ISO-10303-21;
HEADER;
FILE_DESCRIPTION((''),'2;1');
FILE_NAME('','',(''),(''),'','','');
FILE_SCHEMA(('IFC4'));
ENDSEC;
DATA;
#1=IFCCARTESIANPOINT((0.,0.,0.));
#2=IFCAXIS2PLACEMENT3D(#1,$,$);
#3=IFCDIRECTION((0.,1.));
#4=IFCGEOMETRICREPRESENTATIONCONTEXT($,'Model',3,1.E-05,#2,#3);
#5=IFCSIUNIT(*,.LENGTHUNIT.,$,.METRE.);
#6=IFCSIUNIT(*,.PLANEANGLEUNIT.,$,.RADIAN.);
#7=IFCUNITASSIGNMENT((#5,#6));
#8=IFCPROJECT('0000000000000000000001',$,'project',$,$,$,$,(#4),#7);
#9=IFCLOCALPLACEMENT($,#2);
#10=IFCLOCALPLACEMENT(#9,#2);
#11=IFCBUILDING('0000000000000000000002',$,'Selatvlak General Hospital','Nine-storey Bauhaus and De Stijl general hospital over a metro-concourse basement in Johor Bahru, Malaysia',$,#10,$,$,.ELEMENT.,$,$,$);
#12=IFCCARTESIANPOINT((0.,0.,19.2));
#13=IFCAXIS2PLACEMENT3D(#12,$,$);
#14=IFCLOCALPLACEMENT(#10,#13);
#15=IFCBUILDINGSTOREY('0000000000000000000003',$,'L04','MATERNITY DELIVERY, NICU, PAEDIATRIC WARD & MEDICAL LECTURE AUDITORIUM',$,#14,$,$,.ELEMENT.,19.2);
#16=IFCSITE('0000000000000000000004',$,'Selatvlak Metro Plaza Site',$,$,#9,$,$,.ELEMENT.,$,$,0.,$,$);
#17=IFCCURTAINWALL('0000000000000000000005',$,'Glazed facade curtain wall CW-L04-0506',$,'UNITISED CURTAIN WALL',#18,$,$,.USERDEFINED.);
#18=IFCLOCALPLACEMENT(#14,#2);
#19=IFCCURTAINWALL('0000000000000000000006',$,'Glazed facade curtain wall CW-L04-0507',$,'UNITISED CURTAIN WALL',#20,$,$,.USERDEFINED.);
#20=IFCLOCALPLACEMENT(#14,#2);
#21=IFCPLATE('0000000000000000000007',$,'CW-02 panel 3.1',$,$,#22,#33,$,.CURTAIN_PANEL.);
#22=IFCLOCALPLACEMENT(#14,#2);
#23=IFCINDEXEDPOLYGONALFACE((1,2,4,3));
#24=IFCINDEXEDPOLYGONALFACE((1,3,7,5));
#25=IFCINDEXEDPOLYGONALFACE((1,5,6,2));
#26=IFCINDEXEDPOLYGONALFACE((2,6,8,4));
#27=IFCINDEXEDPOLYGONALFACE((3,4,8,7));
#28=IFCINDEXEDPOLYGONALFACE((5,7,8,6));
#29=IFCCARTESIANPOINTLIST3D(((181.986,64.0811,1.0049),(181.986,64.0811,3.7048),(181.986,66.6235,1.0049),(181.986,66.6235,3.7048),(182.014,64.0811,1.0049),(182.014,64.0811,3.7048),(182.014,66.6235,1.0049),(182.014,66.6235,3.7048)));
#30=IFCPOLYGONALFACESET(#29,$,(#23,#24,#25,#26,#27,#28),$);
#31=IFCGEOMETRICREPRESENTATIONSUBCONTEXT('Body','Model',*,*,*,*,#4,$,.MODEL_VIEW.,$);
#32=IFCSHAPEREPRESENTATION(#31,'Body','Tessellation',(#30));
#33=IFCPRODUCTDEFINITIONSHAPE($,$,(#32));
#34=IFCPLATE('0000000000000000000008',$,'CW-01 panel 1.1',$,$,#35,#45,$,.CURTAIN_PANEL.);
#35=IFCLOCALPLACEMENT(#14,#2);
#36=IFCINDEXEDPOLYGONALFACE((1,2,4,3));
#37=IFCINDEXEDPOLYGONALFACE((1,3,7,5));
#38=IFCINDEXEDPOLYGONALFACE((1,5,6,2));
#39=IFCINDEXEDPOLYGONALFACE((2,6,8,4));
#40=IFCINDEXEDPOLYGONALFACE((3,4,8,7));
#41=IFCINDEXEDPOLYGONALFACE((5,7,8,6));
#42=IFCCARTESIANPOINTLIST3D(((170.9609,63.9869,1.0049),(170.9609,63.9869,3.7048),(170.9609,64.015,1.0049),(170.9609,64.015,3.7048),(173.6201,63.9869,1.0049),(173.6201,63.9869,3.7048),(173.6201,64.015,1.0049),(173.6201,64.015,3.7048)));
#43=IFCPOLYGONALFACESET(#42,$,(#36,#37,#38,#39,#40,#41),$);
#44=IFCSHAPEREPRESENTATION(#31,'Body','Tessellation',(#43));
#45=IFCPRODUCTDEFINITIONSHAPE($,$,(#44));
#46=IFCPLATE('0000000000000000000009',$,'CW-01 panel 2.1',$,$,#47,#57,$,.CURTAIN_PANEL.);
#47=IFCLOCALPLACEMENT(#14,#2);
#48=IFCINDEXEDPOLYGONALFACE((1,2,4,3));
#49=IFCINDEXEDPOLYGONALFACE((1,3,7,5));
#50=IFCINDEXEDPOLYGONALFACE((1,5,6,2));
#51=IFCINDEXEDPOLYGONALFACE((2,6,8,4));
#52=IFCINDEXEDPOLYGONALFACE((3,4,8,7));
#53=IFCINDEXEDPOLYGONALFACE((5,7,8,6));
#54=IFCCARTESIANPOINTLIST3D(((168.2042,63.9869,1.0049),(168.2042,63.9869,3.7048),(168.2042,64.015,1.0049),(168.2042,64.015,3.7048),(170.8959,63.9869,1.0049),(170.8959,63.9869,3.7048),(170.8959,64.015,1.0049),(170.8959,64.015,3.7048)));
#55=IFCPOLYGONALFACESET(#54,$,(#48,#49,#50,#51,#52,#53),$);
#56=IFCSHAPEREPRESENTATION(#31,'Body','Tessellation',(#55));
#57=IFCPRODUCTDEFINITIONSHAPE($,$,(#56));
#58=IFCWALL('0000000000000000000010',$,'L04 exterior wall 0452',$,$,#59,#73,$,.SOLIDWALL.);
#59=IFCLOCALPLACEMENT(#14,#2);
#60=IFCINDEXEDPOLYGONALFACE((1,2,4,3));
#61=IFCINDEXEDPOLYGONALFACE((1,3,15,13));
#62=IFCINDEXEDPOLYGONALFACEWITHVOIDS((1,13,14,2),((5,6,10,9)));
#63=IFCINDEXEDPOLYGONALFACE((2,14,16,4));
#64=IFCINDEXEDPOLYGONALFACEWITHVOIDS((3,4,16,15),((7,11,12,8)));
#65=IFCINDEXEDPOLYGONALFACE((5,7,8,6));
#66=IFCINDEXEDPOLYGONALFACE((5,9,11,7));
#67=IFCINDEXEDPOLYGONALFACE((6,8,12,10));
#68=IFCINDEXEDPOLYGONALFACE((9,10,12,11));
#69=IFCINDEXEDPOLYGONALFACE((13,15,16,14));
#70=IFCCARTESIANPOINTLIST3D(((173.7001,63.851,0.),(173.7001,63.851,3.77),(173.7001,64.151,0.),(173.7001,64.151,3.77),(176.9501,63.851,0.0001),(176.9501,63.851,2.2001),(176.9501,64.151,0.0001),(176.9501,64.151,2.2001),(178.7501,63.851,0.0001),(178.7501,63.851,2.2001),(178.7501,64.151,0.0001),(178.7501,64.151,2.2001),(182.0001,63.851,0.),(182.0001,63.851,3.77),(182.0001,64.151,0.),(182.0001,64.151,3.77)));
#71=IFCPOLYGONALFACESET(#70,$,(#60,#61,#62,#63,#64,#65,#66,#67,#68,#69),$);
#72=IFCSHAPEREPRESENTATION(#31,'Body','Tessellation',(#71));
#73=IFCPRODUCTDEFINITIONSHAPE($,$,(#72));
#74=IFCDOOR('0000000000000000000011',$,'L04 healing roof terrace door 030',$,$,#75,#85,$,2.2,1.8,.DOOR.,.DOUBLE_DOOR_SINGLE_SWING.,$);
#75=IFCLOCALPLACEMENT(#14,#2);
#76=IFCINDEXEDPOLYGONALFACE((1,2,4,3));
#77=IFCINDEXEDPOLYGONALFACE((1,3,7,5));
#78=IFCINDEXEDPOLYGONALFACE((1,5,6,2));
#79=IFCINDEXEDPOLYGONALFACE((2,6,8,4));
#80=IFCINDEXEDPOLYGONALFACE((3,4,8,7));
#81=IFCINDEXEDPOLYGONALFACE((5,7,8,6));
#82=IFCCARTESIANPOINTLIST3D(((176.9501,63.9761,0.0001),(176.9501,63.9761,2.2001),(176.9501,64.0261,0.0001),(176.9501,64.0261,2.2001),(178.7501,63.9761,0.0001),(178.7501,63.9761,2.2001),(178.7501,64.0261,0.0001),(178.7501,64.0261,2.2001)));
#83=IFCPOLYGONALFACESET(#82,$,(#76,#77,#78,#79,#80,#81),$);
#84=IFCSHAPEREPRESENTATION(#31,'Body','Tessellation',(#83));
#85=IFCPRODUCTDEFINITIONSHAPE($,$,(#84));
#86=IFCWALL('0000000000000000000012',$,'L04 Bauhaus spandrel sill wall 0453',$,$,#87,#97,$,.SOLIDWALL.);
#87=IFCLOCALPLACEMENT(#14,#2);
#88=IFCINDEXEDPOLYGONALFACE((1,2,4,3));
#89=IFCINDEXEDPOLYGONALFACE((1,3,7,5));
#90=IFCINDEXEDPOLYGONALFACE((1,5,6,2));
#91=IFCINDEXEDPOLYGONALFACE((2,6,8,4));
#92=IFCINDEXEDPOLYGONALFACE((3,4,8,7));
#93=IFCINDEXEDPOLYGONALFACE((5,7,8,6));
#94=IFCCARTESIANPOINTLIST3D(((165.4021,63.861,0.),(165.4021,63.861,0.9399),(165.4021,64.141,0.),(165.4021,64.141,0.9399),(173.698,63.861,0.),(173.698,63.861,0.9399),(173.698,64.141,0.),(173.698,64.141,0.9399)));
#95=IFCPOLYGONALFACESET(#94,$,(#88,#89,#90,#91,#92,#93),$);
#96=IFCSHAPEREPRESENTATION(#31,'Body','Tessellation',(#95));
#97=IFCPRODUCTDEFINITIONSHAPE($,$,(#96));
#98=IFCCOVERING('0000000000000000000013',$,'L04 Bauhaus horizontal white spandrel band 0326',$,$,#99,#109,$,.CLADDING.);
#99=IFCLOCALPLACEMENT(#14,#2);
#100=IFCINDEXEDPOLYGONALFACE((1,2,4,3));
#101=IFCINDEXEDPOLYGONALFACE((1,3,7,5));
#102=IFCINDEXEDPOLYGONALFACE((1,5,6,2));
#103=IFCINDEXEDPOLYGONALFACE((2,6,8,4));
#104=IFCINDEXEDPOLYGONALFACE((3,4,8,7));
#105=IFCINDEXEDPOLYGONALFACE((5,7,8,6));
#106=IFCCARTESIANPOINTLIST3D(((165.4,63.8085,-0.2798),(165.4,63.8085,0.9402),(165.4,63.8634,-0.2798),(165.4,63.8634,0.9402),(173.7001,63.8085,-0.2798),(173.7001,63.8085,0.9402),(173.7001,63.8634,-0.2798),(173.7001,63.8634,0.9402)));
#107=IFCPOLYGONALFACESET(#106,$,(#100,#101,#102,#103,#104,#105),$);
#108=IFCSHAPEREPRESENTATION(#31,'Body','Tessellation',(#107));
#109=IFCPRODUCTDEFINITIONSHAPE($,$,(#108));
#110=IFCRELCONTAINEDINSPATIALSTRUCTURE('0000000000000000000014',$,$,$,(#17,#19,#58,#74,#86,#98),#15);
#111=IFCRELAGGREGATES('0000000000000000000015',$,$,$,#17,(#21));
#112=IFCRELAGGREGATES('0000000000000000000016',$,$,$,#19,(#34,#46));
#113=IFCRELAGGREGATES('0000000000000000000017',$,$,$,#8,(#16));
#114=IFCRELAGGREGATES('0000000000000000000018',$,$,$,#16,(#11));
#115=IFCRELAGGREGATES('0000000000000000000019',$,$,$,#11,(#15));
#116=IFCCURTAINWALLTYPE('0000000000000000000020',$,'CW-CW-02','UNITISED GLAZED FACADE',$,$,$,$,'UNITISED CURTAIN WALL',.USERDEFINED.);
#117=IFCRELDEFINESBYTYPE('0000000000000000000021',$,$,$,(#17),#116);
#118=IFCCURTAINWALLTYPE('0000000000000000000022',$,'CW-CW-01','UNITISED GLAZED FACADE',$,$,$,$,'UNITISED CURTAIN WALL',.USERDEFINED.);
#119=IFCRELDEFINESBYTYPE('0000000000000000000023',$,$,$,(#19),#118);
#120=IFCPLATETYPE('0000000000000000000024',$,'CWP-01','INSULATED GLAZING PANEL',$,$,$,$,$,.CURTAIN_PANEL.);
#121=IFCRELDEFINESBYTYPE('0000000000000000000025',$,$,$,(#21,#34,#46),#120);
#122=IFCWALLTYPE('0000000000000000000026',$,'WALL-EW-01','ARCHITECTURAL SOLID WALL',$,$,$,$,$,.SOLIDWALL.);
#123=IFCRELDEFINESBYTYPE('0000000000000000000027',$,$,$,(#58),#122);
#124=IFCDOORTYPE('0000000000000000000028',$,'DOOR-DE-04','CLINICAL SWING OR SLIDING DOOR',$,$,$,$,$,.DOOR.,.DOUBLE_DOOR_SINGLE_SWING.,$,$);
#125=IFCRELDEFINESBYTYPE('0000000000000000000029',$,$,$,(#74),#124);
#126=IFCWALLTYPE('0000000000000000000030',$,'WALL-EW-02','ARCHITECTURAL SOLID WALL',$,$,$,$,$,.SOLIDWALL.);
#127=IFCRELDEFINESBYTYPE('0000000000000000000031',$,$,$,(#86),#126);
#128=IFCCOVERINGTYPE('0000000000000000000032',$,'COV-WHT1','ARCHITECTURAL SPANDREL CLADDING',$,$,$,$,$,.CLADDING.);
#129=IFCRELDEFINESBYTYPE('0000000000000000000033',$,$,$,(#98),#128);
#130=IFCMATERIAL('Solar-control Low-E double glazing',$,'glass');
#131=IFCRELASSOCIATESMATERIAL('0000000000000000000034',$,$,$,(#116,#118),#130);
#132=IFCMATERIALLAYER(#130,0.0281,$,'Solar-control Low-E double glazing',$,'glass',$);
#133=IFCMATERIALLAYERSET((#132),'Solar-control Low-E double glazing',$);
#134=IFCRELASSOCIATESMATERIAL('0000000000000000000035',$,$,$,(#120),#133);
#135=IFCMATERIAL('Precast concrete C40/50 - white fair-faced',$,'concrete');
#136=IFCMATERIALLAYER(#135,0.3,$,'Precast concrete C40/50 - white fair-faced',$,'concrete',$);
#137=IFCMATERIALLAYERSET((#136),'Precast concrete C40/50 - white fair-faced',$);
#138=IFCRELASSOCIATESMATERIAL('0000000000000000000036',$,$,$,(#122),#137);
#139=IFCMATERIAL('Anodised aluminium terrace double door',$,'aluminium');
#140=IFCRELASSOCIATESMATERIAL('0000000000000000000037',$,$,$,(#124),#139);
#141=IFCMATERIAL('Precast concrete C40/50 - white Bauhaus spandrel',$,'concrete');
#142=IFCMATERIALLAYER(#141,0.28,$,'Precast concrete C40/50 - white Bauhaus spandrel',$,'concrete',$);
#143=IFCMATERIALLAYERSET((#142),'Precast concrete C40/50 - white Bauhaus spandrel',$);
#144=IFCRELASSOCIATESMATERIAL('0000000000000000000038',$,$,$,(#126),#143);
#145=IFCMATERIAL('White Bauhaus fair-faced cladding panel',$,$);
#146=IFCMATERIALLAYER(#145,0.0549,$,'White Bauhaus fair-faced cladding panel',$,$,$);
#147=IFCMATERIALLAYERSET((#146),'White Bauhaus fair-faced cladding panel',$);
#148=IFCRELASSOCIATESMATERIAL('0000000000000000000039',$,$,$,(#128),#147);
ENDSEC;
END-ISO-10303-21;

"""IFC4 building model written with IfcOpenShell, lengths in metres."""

from ifc_helpers import new_model, si_unit, direction, frame, frame_2d, origin, origin_2d, place, context, subcontext, project, spatial, rectangle, extrude, material, layer, layer_set, type_object, element, fill, aggregate, save


model = new_model("IFC4")

# Units and contexts
model_context = context("Model", 3, precision=1e-05, world=origin(), true_north=direction((0.0, 1.0)))
body_context = subcontext(model_context, "Body", "Model", "MODEL_VIEW")
ifc_project = project(units=[si_unit("LENGTHUNIT", "METRE"), si_unit("PLANEANGLEUNIT", "RADIAN")], contexts=[model_context])

# Site, building, storey
site_placement = place(None, origin())
site = spatial("IfcSite", under=ifc_project, at=site_placement, Name="Selatvlak Metro Plaza Site", CompositionType="ELEMENT", RefElevation=0.0)
building_placement = place(site_placement, origin())
building = spatial("IfcBuilding", under=site, at=building_placement, Name="Selatvlak General Hospital", Description="Nine-storey Bauhaus and De Stijl general hospital over a metro-concourse basement in Johor Bahru, Malaysia", CompositionType="ELEMENT")
storey_placement = place(building_placement, frame((0.0, 0.0, 19.2)))
storey = spatial("IfcBuildingStorey", under=building, at=storey_placement, Name="L04", Description="MATERNITY DELIVERY, NICU, PAEDIATRIC WARD & MEDICAL LECTURE AUDITORIUM", CompositionType="ELEMENT", Elevation=19.2)

# Curtain walls
ifc_material_1 = material(Name="Solar-control Low-E double glazing", Category="glass")
curtain_wall_type_1 = type_object("IfcCurtainWallType", Name="CW-CW-02", Description="UNITISED GLAZED FACADE", ElementType="UNITISED CURTAIN WALL", PredefinedType="USERDEFINED", material=ifc_material_1)
curtain_wall_1_placement = place(storey_placement, origin())
curtain_wall_1 = element("IfcCurtainWall", 1, at=curtain_wall_1_placement, inside=storey, type_object=curtain_wall_type_1, Name="Glazed facade curtain wall CW-L04-0506", ObjectType="UNITISED CURTAIN WALL", PredefinedType="USERDEFINED")
curtain_wall_type_2 = type_object("IfcCurtainWallType", Name="CW-CW-01", Description="UNITISED GLAZED FACADE", ElementType="UNITISED CURTAIN WALL", PredefinedType="USERDEFINED", material=ifc_material_1)
curtain_wall_2_placement = place(storey_placement, origin())
curtain_wall_2 = element("IfcCurtainWall", 2, at=curtain_wall_2_placement, inside=storey, type_object=curtain_wall_type_2, Name="Glazed facade curtain wall CW-L04-0507", ObjectType="UNITISED CURTAIN WALL", PredefinedType="USERDEFINED")

# Plates
ifc_layer_1 = layer(ifc_material_1, 0.0281, Name="Solar-control Low-E double glazing", Category="glass")
ifc_layer_set_1 = layer_set([ifc_layer_1], Name="Solar-control Low-E double glazing")
plate_type = type_object("IfcPlateType", Name="CWP-01", Description="INSULATED GLAZING PANEL", PredefinedType="CURTAIN_PANEL", material=ifc_layer_set_1)
plate_1_placement = place(storey_placement, frame((182.0, 65.3523, 1.0049), z_axis=(0.0, 0.0, 1.0), x_axis=(0.0, -1.0, 0.0)))
plate_1 = element("IfcPlate", 3, at=plate_1_placement, type_object=plate_type, Name="CW-02 panel 3.1", PredefinedType="CURTAIN_PANEL", context=body_context, shape_type="SweptSolid", body=[
    extrude(rectangle(XDim=2.5425, YDim=0.0281, at=origin_2d()), origin(), (0.0, 0.0, 1.0), 2.7),
])
aggregate(curtain_wall_1, [plate_1])
plate_2_placement = place(storey_placement, frame((172.2905, 64.001, 1.0049), z_axis=(0.0, 0.0, 1.0), x_axis=(-1.0, 0.0, 0.0)))
plate_2 = element("IfcPlate", 4, at=plate_2_placement, type_object=plate_type, Name="CW-01 panel 1.1", PredefinedType="CURTAIN_PANEL", context=body_context, shape_type="SweptSolid", body=[
    extrude(rectangle(XDim=2.6592, YDim=0.0281, at=origin_2d()), origin(), (0.0, 0.0, 1.0), 2.7),
])
plate_3_placement = place(storey_placement, frame((169.55, 64.001, 1.0049), z_axis=(0.0, 0.0, 1.0), x_axis=(-1.0, 0.0, 0.0)))
plate_3 = element("IfcPlate", 5, at=plate_3_placement, type_object=plate_type, Name="CW-01 panel 2.1", PredefinedType="CURTAIN_PANEL", context=body_context, shape_type="SweptSolid", body=[
    extrude(rectangle(XDim=2.6917, YDim=0.0281, at=origin_2d()), origin(), (0.0, 0.0, 1.0), 2.7),
])
aggregate(curtain_wall_2, [plate_2, plate_3])

# Wall, opening, door
ifc_material_2 = material(Name="Precast concrete C40/50 - white fair-faced", Category="concrete")
ifc_layer_2 = layer(ifc_material_2, 0.3, Name="Precast concrete C40/50 - white fair-faced", Category="concrete")
ifc_layer_set_2 = layer_set([ifc_layer_2], Name="Precast concrete C40/50 - white fair-faced")
wall_type_1 = type_object("IfcWallType", Name="WALL-EW-01", Description="ARCHITECTURAL SOLID WALL", PredefinedType="SOLIDWALL", material=ifc_layer_set_2)
wall_1_placement = place(storey_placement, frame((182.0, 64.001, 0.0), z_axis=(0.0, 0.0, 1.0), x_axis=(-1.0, 0.0, 0.0)))
wall_1 = element("IfcWall", 6, at=wall_1_placement, inside=storey, type_object=wall_type_1, Name="L04 exterior wall 0452", PredefinedType="SOLIDWALL", context=body_context, shape_type="SweptSolid", body=[
    extrude(rectangle(XDim=8.3, YDim=0.3, at=frame_2d((4.1499, 0.0))), origin(), (0.0, 0.0, 1.0), 3.77),
])
opening_placement = place(wall_1_placement, frame((3.25, 0.0, 0.0)))
opening = element("IfcOpeningElement", 7, at=opening_placement, cuts=wall_1, PredefinedType="OPENING", context=body_context, shape_type="SweptSolid", body=[
    extrude(rectangle(XDim=1.8, YDim=2.2, at=frame_2d((0.8999, 1.1001))), frame((0.0, 0.1599, 0.0), z_axis=(0.0, -1.0, 0.0), x_axis=(1.0, 0.0, 0.0)), (0.0, 0.0, 1.0), 0.3201),
])
ifc_material_3 = material(Name="Anodised aluminium terrace double door", Category="aluminium")
door_type = type_object("IfcDoorType", Name="DOOR-DE-04", Description="CLINICAL SWING OR SLIDING DOOR", OperationType="DOUBLE_DOOR_SINGLE_SWING", PredefinedType="DOOR", material=ifc_material_3)
door_placement = place(opening_placement, origin())
door = element("IfcDoor", 8, at=door_placement, inside=storey, type_object=door_type, Name="L04 healing roof terrace door 030", OperationType="DOUBLE_DOOR_SINGLE_SWING", OverallHeight=2.2, OverallWidth=1.8, PredefinedType="DOOR", context=body_context, shape_type="SweptSolid", body=[
    extrude(rectangle(XDim=1.8, YDim=2.2, at=frame_2d((0.8999, 1.1001))), frame((0.0, 0.0249, 0.0), z_axis=(0.0, -1.0, 0.0), x_axis=(1.0, 0.0, 0.0)), (0.0, 0.0, 1.0), 0.05),
])
fill(opening, door)

# Wall
ifc_material_4 = material(Name="Precast concrete C40/50 - white Bauhaus spandrel", Category="concrete")
ifc_layer_3 = layer(ifc_material_4, 0.28, Name="Precast concrete C40/50 - white Bauhaus spandrel", Category="concrete")
ifc_layer_set_3 = layer_set([ifc_layer_3], Name="Precast concrete C40/50 - white Bauhaus spandrel")
wall_type_2 = type_object("IfcWallType", Name="WALL-EW-02", Description="ARCHITECTURAL SOLID WALL", PredefinedType="SOLIDWALL", material=ifc_layer_set_3)
wall_2_placement = place(storey_placement, frame((173.698, 64.001, 0.0), z_axis=(0.0, 0.0, 1.0), x_axis=(-1.0, 0.0, 0.0)))
element("IfcWall", 9, at=wall_2_placement, inside=storey, type_object=wall_type_2, Name="L04 Bauhaus spandrel sill wall 0453", PredefinedType="SOLIDWALL", context=body_context, shape_type="SweptSolid", body=[
    extrude(rectangle(XDim=8.2959, YDim=0.28, at=frame_2d((4.1479, 0.0))), origin(), (0.0, 0.0, 1.0), 0.9399),
])

# Covering
ifc_material_5 = material(Name="White Bauhaus fair-faced cladding panel")
ifc_layer_4 = layer(ifc_material_5, 0.0549, Name="White Bauhaus fair-faced cladding panel")
ifc_layer_set_4 = layer_set([ifc_layer_4], Name="White Bauhaus fair-faced cladding panel")
covering_type = type_object("IfcCoveringType", Name="COV-WHT1", Description="ARCHITECTURAL SPANDREL CLADDING", PredefinedType="CLADDING", material=ifc_layer_set_4)
covering_placement = place(storey_placement, frame((169.55, 63.8359, -0.2798), z_axis=(0.0, 0.0, 1.0), x_axis=(-1.0, 0.0, 0.0)))
element("IfcCovering", 10, at=covering_placement, inside=storey, type_object=covering_type, Name="L04 Bauhaus horizontal white spandrel band 0326", PredefinedType="CLADDING", context=body_context, shape_type="SweptSolid", body=[
    extrude(rectangle(XDim=8.3, YDim=0.0549, at=origin_2d()), origin(), (0.0, 0.0, 1.0), 1.22),
])

save(model, "model.ifc")
